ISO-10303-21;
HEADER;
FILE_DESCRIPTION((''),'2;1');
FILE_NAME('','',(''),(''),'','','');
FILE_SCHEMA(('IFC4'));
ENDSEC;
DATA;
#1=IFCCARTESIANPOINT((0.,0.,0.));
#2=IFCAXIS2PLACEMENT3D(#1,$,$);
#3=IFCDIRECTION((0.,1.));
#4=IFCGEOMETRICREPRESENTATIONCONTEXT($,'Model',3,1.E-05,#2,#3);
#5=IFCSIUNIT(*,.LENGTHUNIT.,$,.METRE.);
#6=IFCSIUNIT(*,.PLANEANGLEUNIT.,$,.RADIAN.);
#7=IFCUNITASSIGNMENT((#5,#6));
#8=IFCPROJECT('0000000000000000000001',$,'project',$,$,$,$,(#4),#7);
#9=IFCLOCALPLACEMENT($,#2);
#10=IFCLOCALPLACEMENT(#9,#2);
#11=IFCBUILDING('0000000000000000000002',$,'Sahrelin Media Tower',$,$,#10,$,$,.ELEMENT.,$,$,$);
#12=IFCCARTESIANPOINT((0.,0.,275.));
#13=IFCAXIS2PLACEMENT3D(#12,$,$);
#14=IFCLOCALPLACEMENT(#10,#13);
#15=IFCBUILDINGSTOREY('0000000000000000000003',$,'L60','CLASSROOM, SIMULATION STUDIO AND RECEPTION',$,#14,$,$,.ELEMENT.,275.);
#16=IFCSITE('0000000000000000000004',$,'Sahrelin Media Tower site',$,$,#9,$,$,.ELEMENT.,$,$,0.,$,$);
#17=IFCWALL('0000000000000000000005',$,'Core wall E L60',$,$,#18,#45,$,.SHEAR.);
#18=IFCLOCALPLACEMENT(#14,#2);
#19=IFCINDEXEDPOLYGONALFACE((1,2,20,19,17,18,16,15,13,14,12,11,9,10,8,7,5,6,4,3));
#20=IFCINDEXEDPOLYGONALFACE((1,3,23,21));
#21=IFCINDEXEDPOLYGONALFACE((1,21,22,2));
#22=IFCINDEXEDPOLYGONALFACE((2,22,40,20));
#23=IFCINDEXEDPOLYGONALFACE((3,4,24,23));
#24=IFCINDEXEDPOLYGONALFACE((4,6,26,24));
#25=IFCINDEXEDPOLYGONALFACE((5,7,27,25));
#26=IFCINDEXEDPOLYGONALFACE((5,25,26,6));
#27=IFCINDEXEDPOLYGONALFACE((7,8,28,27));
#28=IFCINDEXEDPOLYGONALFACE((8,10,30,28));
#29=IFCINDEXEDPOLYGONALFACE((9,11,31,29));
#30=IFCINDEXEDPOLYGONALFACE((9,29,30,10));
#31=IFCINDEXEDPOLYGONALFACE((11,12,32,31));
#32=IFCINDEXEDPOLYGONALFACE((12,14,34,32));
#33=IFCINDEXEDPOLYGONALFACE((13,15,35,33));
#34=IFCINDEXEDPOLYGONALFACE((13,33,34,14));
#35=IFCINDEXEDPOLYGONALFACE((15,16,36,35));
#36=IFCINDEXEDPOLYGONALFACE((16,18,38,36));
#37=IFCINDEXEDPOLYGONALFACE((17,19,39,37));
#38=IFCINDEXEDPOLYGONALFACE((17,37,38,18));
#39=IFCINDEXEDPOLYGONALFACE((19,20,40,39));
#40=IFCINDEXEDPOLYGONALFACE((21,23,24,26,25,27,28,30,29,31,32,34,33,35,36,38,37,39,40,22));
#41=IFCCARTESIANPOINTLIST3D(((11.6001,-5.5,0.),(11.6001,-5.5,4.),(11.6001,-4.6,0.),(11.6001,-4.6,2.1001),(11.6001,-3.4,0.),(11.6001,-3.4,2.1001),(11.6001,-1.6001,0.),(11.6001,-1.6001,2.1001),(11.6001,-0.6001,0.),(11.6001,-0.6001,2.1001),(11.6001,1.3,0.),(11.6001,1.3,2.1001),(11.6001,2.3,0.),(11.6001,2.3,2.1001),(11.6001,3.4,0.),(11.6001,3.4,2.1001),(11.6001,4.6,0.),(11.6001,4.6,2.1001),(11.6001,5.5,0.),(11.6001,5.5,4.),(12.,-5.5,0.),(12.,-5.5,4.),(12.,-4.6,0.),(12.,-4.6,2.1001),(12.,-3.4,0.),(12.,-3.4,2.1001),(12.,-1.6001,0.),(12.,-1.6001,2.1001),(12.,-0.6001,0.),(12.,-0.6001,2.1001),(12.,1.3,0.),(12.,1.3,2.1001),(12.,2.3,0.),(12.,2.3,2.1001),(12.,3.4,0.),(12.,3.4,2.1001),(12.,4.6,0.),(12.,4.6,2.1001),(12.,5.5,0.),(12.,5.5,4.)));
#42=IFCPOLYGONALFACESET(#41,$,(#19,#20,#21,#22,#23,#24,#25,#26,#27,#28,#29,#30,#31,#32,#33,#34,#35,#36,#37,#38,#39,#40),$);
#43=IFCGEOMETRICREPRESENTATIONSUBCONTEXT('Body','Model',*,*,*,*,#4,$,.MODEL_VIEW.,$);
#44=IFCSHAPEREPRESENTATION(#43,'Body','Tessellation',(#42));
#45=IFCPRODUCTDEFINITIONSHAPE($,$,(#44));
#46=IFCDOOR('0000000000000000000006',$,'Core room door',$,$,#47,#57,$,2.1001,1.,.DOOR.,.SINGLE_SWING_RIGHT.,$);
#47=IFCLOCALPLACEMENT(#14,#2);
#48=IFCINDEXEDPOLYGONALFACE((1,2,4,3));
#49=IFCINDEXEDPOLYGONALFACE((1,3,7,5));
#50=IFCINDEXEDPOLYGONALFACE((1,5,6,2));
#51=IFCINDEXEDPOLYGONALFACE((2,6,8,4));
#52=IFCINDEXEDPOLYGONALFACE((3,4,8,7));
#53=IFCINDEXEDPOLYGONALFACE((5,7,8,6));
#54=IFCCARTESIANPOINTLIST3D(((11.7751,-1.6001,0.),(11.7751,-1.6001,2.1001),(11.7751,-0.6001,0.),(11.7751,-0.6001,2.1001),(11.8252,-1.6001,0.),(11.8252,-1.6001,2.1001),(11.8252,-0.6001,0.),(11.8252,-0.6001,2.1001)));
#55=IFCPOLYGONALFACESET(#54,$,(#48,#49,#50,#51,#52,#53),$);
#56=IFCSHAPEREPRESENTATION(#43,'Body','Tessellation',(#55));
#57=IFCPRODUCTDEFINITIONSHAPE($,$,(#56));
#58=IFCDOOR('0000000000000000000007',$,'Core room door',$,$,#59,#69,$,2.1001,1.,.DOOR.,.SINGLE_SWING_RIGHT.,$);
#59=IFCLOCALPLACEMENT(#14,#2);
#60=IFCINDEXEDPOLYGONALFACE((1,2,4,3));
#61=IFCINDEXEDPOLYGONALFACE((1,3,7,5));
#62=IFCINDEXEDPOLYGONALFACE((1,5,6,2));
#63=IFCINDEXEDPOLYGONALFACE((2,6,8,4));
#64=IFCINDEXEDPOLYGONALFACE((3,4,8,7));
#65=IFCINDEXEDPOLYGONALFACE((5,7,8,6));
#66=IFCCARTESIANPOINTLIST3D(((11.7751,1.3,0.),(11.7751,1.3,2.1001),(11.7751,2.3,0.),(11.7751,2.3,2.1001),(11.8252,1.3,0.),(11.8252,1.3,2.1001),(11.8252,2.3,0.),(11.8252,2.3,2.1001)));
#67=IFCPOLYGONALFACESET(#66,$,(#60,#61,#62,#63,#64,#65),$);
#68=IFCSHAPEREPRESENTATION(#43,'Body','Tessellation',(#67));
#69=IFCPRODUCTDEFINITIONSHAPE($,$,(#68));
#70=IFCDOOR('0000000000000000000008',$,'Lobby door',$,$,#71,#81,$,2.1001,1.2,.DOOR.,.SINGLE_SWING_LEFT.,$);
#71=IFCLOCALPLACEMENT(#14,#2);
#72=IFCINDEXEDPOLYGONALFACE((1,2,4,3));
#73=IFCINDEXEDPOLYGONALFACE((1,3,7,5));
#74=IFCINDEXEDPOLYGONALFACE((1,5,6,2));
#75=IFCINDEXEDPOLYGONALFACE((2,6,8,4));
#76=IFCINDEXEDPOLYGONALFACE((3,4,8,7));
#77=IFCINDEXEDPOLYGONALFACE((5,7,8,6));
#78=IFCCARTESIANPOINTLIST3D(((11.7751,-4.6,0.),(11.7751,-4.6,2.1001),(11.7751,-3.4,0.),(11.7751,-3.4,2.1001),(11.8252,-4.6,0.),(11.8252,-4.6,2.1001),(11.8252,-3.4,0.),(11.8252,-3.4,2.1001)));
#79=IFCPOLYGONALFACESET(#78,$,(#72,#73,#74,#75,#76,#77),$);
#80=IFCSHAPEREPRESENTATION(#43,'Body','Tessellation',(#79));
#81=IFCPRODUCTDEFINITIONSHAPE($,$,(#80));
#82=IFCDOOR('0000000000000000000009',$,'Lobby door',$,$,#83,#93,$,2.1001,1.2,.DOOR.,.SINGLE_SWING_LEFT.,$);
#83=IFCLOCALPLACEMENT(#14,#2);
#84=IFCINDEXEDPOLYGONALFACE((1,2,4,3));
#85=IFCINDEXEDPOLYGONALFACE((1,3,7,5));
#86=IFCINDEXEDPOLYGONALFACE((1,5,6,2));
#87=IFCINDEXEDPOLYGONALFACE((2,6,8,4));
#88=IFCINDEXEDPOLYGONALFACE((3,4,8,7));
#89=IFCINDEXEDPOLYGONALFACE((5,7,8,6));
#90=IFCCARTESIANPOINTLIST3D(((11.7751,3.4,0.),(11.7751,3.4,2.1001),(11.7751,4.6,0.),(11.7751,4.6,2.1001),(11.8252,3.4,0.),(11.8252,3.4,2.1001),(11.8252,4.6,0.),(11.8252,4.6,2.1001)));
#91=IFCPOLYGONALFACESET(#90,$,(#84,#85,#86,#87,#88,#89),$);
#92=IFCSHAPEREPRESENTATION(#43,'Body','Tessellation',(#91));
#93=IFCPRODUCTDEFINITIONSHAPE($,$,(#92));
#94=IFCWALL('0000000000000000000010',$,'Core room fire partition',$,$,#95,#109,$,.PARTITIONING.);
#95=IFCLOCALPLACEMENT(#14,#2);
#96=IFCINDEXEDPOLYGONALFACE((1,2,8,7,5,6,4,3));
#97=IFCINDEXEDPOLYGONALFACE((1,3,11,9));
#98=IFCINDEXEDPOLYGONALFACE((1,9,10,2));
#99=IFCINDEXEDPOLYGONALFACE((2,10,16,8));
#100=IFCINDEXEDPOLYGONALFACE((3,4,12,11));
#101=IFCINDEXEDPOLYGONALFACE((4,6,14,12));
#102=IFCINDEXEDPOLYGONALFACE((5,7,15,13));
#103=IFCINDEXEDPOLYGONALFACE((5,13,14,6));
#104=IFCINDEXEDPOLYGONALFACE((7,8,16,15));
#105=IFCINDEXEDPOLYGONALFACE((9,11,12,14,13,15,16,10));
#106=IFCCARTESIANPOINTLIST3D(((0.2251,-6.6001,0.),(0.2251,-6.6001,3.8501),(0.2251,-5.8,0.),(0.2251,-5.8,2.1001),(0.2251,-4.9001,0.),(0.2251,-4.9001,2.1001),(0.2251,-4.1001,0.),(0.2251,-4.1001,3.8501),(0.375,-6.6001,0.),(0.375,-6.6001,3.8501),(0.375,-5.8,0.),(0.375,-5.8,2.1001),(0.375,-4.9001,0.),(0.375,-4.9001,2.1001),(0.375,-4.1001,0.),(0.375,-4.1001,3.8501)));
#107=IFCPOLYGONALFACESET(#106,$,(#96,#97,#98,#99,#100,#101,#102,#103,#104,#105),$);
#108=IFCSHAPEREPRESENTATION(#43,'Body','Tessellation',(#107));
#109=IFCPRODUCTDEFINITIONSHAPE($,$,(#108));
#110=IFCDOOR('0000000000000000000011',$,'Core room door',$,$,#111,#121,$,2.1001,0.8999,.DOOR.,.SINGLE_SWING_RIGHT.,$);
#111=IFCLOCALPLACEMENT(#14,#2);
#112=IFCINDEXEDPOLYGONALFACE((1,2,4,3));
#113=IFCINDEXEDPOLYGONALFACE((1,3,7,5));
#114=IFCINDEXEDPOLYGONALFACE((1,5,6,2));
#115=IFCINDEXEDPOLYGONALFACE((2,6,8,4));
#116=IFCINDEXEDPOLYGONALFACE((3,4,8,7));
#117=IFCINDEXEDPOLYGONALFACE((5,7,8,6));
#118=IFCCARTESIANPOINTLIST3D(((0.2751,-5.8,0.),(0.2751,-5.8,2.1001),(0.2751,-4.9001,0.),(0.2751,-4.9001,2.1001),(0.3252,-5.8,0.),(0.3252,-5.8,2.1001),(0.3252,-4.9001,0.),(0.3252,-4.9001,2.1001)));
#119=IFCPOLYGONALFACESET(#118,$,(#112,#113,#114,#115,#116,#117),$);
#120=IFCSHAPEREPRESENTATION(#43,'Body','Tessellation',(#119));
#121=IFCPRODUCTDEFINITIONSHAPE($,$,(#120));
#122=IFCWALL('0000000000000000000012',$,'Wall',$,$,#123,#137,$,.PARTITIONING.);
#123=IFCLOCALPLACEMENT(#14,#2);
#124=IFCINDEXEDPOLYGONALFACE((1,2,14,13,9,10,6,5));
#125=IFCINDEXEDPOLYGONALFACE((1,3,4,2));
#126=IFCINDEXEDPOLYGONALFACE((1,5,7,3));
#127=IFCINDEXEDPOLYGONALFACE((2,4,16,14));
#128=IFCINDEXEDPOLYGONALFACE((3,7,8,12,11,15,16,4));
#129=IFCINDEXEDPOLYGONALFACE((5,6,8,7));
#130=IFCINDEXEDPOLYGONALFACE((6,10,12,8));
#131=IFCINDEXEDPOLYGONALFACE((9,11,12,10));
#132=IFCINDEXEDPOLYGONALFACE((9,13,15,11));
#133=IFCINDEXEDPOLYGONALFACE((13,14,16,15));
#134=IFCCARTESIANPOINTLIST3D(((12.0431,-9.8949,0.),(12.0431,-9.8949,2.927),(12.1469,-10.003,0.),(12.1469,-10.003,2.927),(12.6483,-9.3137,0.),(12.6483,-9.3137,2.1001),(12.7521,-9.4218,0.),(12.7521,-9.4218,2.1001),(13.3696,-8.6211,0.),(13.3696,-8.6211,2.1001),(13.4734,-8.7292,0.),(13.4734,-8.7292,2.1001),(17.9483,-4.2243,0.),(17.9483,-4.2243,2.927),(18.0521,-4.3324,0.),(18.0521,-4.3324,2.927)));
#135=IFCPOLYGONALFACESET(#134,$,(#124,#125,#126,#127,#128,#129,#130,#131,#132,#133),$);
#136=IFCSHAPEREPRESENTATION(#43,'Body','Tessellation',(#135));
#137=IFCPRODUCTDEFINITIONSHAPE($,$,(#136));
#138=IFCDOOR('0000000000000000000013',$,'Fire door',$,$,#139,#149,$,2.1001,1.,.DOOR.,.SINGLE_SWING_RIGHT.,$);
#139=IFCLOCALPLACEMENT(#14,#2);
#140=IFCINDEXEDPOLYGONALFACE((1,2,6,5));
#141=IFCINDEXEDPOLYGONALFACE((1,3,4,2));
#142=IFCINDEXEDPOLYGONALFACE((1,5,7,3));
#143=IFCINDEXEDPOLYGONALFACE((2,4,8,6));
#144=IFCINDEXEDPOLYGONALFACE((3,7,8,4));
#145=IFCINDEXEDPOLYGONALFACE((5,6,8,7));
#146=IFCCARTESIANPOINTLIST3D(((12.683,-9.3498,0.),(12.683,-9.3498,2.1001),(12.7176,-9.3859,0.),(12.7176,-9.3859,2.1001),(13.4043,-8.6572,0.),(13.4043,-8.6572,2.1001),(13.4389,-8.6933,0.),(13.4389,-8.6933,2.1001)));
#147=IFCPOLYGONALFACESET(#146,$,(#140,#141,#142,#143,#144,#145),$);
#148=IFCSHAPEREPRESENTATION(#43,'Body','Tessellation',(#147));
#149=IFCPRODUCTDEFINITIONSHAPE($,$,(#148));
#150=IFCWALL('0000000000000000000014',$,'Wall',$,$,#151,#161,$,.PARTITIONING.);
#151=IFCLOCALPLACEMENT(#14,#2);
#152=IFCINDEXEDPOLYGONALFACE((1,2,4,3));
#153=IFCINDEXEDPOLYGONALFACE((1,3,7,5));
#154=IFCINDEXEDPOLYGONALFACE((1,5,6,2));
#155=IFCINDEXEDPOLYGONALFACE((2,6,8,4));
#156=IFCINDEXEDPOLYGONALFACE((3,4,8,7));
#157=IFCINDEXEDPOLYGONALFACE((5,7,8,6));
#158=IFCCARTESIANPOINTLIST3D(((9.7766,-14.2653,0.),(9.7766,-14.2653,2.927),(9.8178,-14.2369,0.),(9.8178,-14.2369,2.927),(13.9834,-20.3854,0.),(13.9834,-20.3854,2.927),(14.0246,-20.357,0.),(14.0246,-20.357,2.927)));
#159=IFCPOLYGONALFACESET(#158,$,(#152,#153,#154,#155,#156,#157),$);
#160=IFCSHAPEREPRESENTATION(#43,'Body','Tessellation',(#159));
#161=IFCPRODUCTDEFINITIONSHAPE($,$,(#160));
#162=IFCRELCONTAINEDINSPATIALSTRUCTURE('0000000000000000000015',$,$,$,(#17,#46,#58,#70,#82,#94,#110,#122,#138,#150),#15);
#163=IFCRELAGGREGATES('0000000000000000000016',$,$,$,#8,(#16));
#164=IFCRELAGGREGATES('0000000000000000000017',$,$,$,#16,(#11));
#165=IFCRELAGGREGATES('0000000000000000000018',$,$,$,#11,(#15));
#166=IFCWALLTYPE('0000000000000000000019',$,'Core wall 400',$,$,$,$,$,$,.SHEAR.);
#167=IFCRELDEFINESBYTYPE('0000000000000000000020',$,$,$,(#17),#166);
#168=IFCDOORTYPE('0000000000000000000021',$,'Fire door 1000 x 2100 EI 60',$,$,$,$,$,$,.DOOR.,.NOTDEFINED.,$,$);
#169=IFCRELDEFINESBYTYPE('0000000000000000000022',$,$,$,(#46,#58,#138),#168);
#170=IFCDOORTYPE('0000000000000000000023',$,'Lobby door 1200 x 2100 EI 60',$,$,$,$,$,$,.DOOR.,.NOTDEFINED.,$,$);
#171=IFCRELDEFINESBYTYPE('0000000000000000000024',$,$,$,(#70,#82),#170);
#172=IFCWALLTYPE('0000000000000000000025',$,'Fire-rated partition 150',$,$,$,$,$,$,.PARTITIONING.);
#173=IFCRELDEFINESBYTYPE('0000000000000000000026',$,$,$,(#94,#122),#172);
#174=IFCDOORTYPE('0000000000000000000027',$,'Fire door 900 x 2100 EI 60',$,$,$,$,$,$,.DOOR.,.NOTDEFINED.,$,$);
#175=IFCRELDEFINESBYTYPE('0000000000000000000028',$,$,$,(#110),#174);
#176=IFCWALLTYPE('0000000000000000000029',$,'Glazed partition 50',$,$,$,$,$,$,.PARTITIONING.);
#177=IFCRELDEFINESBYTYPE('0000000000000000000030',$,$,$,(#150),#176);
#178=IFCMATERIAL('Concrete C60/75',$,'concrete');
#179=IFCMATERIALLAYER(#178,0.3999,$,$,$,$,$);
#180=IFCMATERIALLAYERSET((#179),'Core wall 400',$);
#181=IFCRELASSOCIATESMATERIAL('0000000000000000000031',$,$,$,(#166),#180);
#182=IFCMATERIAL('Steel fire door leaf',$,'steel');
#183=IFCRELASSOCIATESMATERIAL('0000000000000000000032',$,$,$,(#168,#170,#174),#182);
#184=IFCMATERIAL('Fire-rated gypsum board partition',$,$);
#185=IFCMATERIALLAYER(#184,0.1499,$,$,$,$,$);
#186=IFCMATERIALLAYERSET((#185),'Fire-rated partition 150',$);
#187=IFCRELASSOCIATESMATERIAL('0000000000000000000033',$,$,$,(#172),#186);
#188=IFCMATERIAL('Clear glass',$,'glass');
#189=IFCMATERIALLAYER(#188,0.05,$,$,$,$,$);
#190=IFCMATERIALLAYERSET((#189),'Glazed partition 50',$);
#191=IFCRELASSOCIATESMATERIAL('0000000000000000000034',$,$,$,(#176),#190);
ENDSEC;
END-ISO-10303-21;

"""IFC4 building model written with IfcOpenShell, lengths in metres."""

from ifc_helpers import new_model, si_unit, direction, frame, frame_2d, origin, place, context, subcontext, project, spatial, rectangle, extrude, material, layer, layer_set, type_object, element, fill, save


model = new_model("IFC4")

# Units and contexts
model_context = context("Model", 3, precision=1e-05, world=origin(), true_north=direction((0.0, 1.0)))
body_context = subcontext(model_context, "Body", "Model", "MODEL_VIEW")
ifc_project = project(units=[si_unit("LENGTHUNIT", "METRE"), si_unit("PLANEANGLEUNIT", "RADIAN")], contexts=[model_context])

# Site, building, storey
site_placement = place(None, origin())
site = spatial("IfcSite", under=ifc_project, at=site_placement, Name="Sahrelin Media Tower site", CompositionType="ELEMENT", RefElevation=0.0)
building_placement = place(site_placement, origin())
building = spatial("IfcBuilding", under=site, at=building_placement, Name="Sahrelin Media Tower", CompositionType="ELEMENT")
storey_placement = place(building_placement, frame((0.0, 0.0, 275.0)))
storey = spatial("IfcBuildingStorey", under=building, at=storey_placement, Name="L60", Description="CLASSROOM, SIMULATION STUDIO AND RECEPTION", CompositionType="ELEMENT", Elevation=275.0)

# Wall, openings, doors
ifc_material_1 = material(Name="Concrete C60/75", Category="concrete")
ifc_layer_1 = layer(ifc_material_1, 0.3999)
ifc_layer_set_1 = layer_set([ifc_layer_1], Name="Core wall 400")
wall_type_1 = type_object("IfcWallType", Name="Core wall 400", PredefinedType="SHEAR", material=ifc_layer_set_1)
wall_1_placement = place(storey_placement, frame((11.8, -5.5, 0.0), z_axis=(0.0, 0.0, 1.0), x_axis=(0.0, 1.0, 0.0)))
wall_1 = element("IfcWall", 1, at=wall_1_placement, inside=storey, type_object=wall_type_1, Name="Core wall E L60", PredefinedType="SHEAR", context=body_context, shape_type="SweptSolid", body=[
    extrude(rectangle(XDim=11.0, YDim=0.3999, at=frame_2d((5.5, 0.0))), origin(), (0.0, 0.0, 1.0), 4.0),
])
opening_1_placement = place(wall_1_placement, frame((3.8999, 0.0, 0.0)))
opening_1 = element("IfcOpeningElement", 2, at=opening_1_placement, cuts=wall_1, PredefinedType="OPENING", context=body_context, shape_type="SweptSolid", body=[
    extrude(rectangle(XDim=1.0, YDim=2.1001, at=frame_2d((0.5, 1.05))), frame((0.0, 0.2, 0.0), z_axis=(0.0, -1.0, 0.0), x_axis=(1.0, 0.0, 0.0)), (0.0, 0.0, 1.0), 0.3999),
])
opening_2_placement = place(wall_1_placement, frame((6.8, 0.0, 0.0)))
opening_2 = element("IfcOpeningElement", 3, at=opening_2_placement, cuts=wall_1, PredefinedType="OPENING", context=body_context, shape_type="SweptSolid", body=[
    extrude(rectangle(XDim=1.0, YDim=2.1001, at=frame_2d((0.5, 1.05))), frame((0.0, 0.2, 0.0), z_axis=(0.0, -1.0, 0.0), x_axis=(1.0, 0.0, 0.0)), (0.0, 0.0, 1.0), 0.3999),
])
opening_3_placement = place(wall_1_placement, frame((0.8999, 0.0, 0.0)))
opening_3 = element("IfcOpeningElement", 4, at=opening_3_placement, cuts=wall_1, PredefinedType="OPENING", context=body_context, shape_type="SweptSolid", body=[
    extrude(rectangle(XDim=1.2, YDim=2.1001, at=frame_2d((0.6001, 1.05))), frame((0.0, 0.2, 0.0), z_axis=(0.0, -1.0, 0.0), x_axis=(1.0, 0.0, 0.0)), (0.0, 0.0, 1.0), 0.3999),
])
opening_4_placement = place(wall_1_placement, frame((8.8999, 0.0, 0.0)))
opening_4 = element("IfcOpeningElement", 5, at=opening_4_placement, cuts=wall_1, PredefinedType="OPENING", context=body_context, shape_type="SweptSolid", body=[
    extrude(rectangle(XDim=1.2, YDim=2.1001, at=frame_2d((0.6001, 1.05))), frame((0.0, 0.2, 0.0), z_axis=(0.0, -1.0, 0.0), x_axis=(1.0, 0.0, 0.0)), (0.0, 0.0, 1.0), 0.3999),
])
ifc_material_2 = material(Name="Steel fire door leaf", Category="steel")
door_type_1 = type_object("IfcDoorType", Name="Fire door 1000 x 2100 EI 60", OperationType="NOTDEFINED", PredefinedType="DOOR", material=ifc_material_2)
door_1_placement = place(opening_1_placement, origin())
door_1 = element("IfcDoor", 6, at=door_1_placement, inside=storey, type_object=door_type_1, Name="Core room door", OperationType="SINGLE_SWING_RIGHT", OverallHeight=2.1001, OverallWidth=1.0, PredefinedType="DOOR", context=body_context, shape_type="SweptSolid", body=[
    extrude(rectangle(XDim=1.0, YDim=2.1001, at=frame_2d((0.5, 1.05))), frame((0.0, 0.0249, 0.0), z_axis=(0.0, -1.0, 0.0), x_axis=(1.0, 0.0, 0.0)), (0.0, 0.0, 1.0), 0.05),
])
fill(opening_1, door_1)
door_2_placement = place(opening_2_placement, origin())
door_2 = element("IfcDoor", 7, at=door_2_placement, inside=storey, type_object=door_type_1, Name="Core room door", OperationType="SINGLE_SWING_RIGHT", OverallHeight=2.1001, OverallWidth=1.0, PredefinedType="DOOR", context=body_context, shape_type="SweptSolid", body=[
    extrude(rectangle(XDim=1.0, YDim=2.1001, at=frame_2d((0.5, 1.05))), frame((0.0, 0.0249, 0.0), z_axis=(0.0, -1.0, 0.0), x_axis=(1.0, 0.0, 0.0)), (0.0, 0.0, 1.0), 0.05),
])
fill(opening_2, door_2)
door_type_2 = type_object("IfcDoorType", Name="Lobby door 1200 x 2100 EI 60", OperationType="NOTDEFINED", PredefinedType="DOOR", material=ifc_material_2)
door_3_placement = place(opening_3_placement, origin())
door_3 = element("IfcDoor", 8, at=door_3_placement, inside=storey, type_object=door_type_2, Name="Lobby door", OperationType="SINGLE_SWING_LEFT", OverallHeight=2.1001, OverallWidth=1.2, PredefinedType="DOOR", context=body_context, shape_type="SweptSolid", body=[
    extrude(rectangle(XDim=1.2, YDim=2.1001, at=frame_2d((0.6001, 1.05))), frame((0.0, 0.0249, 0.0), z_axis=(0.0, -1.0, 0.0), x_axis=(1.0, 0.0, 0.0)), (0.0, 0.0, 1.0), 0.05),
])
fill(opening_3, door_3)
door_4_placement = place(opening_4_placement, origin())
door_4 = element("IfcDoor", 9, at=door_4_placement, inside=storey, type_object=door_type_2, Name="Lobby door", OperationType="SINGLE_SWING_LEFT", OverallHeight=2.1001, OverallWidth=1.2, PredefinedType="DOOR", context=body_context, shape_type="SweptSolid", body=[
    extrude(rectangle(XDim=1.2, YDim=2.1001, at=frame_2d((0.6001, 1.05))), frame((0.0, 0.0249, 0.0), z_axis=(0.0, -1.0, 0.0), x_axis=(1.0, 0.0, 0.0)), (0.0, 0.0, 1.0), 0.05),
])
fill(opening_4, door_4)

# Walls, openings, doors
ifc_material_3 = material(Name="Fire-rated gypsum board partition")
ifc_layer_2 = layer(ifc_material_3, 0.1499)
ifc_layer_set_2 = layer_set([ifc_layer_2], Name="Fire-rated partition 150")
wall_type_2 = type_object("IfcWallType", Name="Fire-rated partition 150", PredefinedType="PARTITIONING", material=ifc_layer_set_2)
wall_2_placement = place(storey_placement, frame((0.3, -6.6001, 0.0), z_axis=(0.0, 0.0, 1.0), x_axis=(0.0, 1.0, 0.0)))
wall_2 = element("IfcWall", 10, at=wall_2_placement, inside=storey, type_object=wall_type_2, Name="Core room fire partition", PredefinedType="PARTITIONING", context=body_context, shape_type="SweptSolid", body=[
    extrude(rectangle(XDim=2.5, YDim=0.1499, at=frame_2d((1.25, 0.0))), origin(), (0.0, 0.0, 1.0), 3.8501),
])
opening_5_placement = place(wall_2_placement, frame((0.8, 0.0, 0.0)))
opening_5 = element("IfcOpeningElement", 11, at=opening_5_placement, cuts=wall_2, PredefinedType="OPENING", context=body_context, shape_type="SweptSolid", body=[
    extrude(rectangle(XDim=0.8999, YDim=2.1001, at=frame_2d((0.45, 1.05))), frame((0.0, 0.075, 0.0), z_axis=(0.0, -1.0, 0.0), x_axis=(1.0, 0.0, 0.0)), (0.0, 0.0, 1.0), 0.1499),
])
door_type_3 = type_object("IfcDoorType", Name="Fire door 900 x 2100 EI 60", OperationType="NOTDEFINED", PredefinedType="DOOR", material=ifc_material_2)
door_5_placement = place(opening_5_placement, origin())
door_5 = element("IfcDoor", 12, at=door_5_placement, inside=storey, type_object=door_type_3, Name="Core room door", OperationType="SINGLE_SWING_RIGHT", OverallHeight=2.1001, OverallWidth=0.8999, PredefinedType="DOOR", context=body_context, shape_type="SweptSolid", body=[
    extrude(rectangle(XDim=0.8999, YDim=2.1001, at=frame_2d((0.45, 1.05))), frame((0.0, 0.0249, 0.0), z_axis=(0.0, -1.0, 0.0), x_axis=(1.0, 0.0, 0.0)), (0.0, 0.0, 1.0), 0.05),
])
fill(opening_5, door_5)
wall_3_placement = place(storey_placement, frame((12.095, -9.949, 0.0), z_axis=(0.0, 0.0, 1.0), x_axis=(0.72129, 0.692633, 0.0)))
wall_3 = element("IfcWall", 13, at=wall_3_placement, inside=storey, type_object=wall_type_2, Name="Wall", PredefinedType="PARTITIONING", context=body_context, shape_type="SweptSolid", body=[
    extrude(rectangle(XDim=8.187, YDim=0.1499, at=frame_2d((4.0935, 0.0))), origin(), (0.0, 0.0, 1.0), 2.927),
])
opening_6_placement = place(wall_3_placement, frame((0.8391, 0.0, 0.0)))
opening_6 = element("IfcOpeningElement", 14, at=opening_6_placement, cuts=wall_3, PredefinedType="OPENING", context=body_context, shape_type="SweptSolid", body=[
    extrude(rectangle(XDim=1.0, YDim=2.1001, at=frame_2d((0.5, 1.05))), frame((0.0, 0.075, 0.0), z_axis=(0.0, -1.0, 0.0), x_axis=(1.0, 0.0, 0.0)), (0.0, 0.0, 1.0), 0.1499),
])
door_6_placement = place(opening_6_placement, origin())
door_6 = element("IfcDoor", 15, at=door_6_placement, inside=storey, type_object=door_type_1, Name="Fire door", OperationType="SINGLE_SWING_RIGHT", OverallHeight=2.1001, OverallWidth=1.0, PredefinedType="DOOR", context=body_context, shape_type="SweptSolid", body=[
    extrude(rectangle(XDim=1.0, YDim=2.1001, at=frame_2d((0.5, 1.05))), frame((0.0, 0.0249, 0.0), z_axis=(0.0, -1.0, 0.0), x_axis=(1.0, 0.0, 0.0)), (0.0, 0.0, 1.0), 0.05),
])
fill(opening_6, door_6)

# Wall
ifc_material_4 = material(Name="Clear glass", Category="glass")
ifc_layer_3 = layer(ifc_material_4, 0.05)
ifc_layer_set_3 = layer_set([ifc_layer_3], Name="Glazed partition 50")
wall_type_3 = type_object("IfcWallType", Name="Glazed partition 50", PredefinedType="PARTITIONING", material=ifc_layer_set_3)
wall_4_placement = place(storey_placement, frame((9.7971, -14.251, 0.0), z_axis=(0.0, 0.0, 1.0), x_axis=(0.566456, -0.824092, 0.0)))
element("IfcWall", 16, at=wall_4_placement, inside=storey, type_object=wall_type_3, Name="Wall", PredefinedType="PARTITIONING", context=body_context, shape_type="SweptSolid", body=[
    extrude(rectangle(XDim=7.4265, YDim=0.05, at=frame_2d((3.7134, 0.0))), origin(), (0.0, 0.0, 1.0), 2.927),
])

save(model, "model.ifc")
